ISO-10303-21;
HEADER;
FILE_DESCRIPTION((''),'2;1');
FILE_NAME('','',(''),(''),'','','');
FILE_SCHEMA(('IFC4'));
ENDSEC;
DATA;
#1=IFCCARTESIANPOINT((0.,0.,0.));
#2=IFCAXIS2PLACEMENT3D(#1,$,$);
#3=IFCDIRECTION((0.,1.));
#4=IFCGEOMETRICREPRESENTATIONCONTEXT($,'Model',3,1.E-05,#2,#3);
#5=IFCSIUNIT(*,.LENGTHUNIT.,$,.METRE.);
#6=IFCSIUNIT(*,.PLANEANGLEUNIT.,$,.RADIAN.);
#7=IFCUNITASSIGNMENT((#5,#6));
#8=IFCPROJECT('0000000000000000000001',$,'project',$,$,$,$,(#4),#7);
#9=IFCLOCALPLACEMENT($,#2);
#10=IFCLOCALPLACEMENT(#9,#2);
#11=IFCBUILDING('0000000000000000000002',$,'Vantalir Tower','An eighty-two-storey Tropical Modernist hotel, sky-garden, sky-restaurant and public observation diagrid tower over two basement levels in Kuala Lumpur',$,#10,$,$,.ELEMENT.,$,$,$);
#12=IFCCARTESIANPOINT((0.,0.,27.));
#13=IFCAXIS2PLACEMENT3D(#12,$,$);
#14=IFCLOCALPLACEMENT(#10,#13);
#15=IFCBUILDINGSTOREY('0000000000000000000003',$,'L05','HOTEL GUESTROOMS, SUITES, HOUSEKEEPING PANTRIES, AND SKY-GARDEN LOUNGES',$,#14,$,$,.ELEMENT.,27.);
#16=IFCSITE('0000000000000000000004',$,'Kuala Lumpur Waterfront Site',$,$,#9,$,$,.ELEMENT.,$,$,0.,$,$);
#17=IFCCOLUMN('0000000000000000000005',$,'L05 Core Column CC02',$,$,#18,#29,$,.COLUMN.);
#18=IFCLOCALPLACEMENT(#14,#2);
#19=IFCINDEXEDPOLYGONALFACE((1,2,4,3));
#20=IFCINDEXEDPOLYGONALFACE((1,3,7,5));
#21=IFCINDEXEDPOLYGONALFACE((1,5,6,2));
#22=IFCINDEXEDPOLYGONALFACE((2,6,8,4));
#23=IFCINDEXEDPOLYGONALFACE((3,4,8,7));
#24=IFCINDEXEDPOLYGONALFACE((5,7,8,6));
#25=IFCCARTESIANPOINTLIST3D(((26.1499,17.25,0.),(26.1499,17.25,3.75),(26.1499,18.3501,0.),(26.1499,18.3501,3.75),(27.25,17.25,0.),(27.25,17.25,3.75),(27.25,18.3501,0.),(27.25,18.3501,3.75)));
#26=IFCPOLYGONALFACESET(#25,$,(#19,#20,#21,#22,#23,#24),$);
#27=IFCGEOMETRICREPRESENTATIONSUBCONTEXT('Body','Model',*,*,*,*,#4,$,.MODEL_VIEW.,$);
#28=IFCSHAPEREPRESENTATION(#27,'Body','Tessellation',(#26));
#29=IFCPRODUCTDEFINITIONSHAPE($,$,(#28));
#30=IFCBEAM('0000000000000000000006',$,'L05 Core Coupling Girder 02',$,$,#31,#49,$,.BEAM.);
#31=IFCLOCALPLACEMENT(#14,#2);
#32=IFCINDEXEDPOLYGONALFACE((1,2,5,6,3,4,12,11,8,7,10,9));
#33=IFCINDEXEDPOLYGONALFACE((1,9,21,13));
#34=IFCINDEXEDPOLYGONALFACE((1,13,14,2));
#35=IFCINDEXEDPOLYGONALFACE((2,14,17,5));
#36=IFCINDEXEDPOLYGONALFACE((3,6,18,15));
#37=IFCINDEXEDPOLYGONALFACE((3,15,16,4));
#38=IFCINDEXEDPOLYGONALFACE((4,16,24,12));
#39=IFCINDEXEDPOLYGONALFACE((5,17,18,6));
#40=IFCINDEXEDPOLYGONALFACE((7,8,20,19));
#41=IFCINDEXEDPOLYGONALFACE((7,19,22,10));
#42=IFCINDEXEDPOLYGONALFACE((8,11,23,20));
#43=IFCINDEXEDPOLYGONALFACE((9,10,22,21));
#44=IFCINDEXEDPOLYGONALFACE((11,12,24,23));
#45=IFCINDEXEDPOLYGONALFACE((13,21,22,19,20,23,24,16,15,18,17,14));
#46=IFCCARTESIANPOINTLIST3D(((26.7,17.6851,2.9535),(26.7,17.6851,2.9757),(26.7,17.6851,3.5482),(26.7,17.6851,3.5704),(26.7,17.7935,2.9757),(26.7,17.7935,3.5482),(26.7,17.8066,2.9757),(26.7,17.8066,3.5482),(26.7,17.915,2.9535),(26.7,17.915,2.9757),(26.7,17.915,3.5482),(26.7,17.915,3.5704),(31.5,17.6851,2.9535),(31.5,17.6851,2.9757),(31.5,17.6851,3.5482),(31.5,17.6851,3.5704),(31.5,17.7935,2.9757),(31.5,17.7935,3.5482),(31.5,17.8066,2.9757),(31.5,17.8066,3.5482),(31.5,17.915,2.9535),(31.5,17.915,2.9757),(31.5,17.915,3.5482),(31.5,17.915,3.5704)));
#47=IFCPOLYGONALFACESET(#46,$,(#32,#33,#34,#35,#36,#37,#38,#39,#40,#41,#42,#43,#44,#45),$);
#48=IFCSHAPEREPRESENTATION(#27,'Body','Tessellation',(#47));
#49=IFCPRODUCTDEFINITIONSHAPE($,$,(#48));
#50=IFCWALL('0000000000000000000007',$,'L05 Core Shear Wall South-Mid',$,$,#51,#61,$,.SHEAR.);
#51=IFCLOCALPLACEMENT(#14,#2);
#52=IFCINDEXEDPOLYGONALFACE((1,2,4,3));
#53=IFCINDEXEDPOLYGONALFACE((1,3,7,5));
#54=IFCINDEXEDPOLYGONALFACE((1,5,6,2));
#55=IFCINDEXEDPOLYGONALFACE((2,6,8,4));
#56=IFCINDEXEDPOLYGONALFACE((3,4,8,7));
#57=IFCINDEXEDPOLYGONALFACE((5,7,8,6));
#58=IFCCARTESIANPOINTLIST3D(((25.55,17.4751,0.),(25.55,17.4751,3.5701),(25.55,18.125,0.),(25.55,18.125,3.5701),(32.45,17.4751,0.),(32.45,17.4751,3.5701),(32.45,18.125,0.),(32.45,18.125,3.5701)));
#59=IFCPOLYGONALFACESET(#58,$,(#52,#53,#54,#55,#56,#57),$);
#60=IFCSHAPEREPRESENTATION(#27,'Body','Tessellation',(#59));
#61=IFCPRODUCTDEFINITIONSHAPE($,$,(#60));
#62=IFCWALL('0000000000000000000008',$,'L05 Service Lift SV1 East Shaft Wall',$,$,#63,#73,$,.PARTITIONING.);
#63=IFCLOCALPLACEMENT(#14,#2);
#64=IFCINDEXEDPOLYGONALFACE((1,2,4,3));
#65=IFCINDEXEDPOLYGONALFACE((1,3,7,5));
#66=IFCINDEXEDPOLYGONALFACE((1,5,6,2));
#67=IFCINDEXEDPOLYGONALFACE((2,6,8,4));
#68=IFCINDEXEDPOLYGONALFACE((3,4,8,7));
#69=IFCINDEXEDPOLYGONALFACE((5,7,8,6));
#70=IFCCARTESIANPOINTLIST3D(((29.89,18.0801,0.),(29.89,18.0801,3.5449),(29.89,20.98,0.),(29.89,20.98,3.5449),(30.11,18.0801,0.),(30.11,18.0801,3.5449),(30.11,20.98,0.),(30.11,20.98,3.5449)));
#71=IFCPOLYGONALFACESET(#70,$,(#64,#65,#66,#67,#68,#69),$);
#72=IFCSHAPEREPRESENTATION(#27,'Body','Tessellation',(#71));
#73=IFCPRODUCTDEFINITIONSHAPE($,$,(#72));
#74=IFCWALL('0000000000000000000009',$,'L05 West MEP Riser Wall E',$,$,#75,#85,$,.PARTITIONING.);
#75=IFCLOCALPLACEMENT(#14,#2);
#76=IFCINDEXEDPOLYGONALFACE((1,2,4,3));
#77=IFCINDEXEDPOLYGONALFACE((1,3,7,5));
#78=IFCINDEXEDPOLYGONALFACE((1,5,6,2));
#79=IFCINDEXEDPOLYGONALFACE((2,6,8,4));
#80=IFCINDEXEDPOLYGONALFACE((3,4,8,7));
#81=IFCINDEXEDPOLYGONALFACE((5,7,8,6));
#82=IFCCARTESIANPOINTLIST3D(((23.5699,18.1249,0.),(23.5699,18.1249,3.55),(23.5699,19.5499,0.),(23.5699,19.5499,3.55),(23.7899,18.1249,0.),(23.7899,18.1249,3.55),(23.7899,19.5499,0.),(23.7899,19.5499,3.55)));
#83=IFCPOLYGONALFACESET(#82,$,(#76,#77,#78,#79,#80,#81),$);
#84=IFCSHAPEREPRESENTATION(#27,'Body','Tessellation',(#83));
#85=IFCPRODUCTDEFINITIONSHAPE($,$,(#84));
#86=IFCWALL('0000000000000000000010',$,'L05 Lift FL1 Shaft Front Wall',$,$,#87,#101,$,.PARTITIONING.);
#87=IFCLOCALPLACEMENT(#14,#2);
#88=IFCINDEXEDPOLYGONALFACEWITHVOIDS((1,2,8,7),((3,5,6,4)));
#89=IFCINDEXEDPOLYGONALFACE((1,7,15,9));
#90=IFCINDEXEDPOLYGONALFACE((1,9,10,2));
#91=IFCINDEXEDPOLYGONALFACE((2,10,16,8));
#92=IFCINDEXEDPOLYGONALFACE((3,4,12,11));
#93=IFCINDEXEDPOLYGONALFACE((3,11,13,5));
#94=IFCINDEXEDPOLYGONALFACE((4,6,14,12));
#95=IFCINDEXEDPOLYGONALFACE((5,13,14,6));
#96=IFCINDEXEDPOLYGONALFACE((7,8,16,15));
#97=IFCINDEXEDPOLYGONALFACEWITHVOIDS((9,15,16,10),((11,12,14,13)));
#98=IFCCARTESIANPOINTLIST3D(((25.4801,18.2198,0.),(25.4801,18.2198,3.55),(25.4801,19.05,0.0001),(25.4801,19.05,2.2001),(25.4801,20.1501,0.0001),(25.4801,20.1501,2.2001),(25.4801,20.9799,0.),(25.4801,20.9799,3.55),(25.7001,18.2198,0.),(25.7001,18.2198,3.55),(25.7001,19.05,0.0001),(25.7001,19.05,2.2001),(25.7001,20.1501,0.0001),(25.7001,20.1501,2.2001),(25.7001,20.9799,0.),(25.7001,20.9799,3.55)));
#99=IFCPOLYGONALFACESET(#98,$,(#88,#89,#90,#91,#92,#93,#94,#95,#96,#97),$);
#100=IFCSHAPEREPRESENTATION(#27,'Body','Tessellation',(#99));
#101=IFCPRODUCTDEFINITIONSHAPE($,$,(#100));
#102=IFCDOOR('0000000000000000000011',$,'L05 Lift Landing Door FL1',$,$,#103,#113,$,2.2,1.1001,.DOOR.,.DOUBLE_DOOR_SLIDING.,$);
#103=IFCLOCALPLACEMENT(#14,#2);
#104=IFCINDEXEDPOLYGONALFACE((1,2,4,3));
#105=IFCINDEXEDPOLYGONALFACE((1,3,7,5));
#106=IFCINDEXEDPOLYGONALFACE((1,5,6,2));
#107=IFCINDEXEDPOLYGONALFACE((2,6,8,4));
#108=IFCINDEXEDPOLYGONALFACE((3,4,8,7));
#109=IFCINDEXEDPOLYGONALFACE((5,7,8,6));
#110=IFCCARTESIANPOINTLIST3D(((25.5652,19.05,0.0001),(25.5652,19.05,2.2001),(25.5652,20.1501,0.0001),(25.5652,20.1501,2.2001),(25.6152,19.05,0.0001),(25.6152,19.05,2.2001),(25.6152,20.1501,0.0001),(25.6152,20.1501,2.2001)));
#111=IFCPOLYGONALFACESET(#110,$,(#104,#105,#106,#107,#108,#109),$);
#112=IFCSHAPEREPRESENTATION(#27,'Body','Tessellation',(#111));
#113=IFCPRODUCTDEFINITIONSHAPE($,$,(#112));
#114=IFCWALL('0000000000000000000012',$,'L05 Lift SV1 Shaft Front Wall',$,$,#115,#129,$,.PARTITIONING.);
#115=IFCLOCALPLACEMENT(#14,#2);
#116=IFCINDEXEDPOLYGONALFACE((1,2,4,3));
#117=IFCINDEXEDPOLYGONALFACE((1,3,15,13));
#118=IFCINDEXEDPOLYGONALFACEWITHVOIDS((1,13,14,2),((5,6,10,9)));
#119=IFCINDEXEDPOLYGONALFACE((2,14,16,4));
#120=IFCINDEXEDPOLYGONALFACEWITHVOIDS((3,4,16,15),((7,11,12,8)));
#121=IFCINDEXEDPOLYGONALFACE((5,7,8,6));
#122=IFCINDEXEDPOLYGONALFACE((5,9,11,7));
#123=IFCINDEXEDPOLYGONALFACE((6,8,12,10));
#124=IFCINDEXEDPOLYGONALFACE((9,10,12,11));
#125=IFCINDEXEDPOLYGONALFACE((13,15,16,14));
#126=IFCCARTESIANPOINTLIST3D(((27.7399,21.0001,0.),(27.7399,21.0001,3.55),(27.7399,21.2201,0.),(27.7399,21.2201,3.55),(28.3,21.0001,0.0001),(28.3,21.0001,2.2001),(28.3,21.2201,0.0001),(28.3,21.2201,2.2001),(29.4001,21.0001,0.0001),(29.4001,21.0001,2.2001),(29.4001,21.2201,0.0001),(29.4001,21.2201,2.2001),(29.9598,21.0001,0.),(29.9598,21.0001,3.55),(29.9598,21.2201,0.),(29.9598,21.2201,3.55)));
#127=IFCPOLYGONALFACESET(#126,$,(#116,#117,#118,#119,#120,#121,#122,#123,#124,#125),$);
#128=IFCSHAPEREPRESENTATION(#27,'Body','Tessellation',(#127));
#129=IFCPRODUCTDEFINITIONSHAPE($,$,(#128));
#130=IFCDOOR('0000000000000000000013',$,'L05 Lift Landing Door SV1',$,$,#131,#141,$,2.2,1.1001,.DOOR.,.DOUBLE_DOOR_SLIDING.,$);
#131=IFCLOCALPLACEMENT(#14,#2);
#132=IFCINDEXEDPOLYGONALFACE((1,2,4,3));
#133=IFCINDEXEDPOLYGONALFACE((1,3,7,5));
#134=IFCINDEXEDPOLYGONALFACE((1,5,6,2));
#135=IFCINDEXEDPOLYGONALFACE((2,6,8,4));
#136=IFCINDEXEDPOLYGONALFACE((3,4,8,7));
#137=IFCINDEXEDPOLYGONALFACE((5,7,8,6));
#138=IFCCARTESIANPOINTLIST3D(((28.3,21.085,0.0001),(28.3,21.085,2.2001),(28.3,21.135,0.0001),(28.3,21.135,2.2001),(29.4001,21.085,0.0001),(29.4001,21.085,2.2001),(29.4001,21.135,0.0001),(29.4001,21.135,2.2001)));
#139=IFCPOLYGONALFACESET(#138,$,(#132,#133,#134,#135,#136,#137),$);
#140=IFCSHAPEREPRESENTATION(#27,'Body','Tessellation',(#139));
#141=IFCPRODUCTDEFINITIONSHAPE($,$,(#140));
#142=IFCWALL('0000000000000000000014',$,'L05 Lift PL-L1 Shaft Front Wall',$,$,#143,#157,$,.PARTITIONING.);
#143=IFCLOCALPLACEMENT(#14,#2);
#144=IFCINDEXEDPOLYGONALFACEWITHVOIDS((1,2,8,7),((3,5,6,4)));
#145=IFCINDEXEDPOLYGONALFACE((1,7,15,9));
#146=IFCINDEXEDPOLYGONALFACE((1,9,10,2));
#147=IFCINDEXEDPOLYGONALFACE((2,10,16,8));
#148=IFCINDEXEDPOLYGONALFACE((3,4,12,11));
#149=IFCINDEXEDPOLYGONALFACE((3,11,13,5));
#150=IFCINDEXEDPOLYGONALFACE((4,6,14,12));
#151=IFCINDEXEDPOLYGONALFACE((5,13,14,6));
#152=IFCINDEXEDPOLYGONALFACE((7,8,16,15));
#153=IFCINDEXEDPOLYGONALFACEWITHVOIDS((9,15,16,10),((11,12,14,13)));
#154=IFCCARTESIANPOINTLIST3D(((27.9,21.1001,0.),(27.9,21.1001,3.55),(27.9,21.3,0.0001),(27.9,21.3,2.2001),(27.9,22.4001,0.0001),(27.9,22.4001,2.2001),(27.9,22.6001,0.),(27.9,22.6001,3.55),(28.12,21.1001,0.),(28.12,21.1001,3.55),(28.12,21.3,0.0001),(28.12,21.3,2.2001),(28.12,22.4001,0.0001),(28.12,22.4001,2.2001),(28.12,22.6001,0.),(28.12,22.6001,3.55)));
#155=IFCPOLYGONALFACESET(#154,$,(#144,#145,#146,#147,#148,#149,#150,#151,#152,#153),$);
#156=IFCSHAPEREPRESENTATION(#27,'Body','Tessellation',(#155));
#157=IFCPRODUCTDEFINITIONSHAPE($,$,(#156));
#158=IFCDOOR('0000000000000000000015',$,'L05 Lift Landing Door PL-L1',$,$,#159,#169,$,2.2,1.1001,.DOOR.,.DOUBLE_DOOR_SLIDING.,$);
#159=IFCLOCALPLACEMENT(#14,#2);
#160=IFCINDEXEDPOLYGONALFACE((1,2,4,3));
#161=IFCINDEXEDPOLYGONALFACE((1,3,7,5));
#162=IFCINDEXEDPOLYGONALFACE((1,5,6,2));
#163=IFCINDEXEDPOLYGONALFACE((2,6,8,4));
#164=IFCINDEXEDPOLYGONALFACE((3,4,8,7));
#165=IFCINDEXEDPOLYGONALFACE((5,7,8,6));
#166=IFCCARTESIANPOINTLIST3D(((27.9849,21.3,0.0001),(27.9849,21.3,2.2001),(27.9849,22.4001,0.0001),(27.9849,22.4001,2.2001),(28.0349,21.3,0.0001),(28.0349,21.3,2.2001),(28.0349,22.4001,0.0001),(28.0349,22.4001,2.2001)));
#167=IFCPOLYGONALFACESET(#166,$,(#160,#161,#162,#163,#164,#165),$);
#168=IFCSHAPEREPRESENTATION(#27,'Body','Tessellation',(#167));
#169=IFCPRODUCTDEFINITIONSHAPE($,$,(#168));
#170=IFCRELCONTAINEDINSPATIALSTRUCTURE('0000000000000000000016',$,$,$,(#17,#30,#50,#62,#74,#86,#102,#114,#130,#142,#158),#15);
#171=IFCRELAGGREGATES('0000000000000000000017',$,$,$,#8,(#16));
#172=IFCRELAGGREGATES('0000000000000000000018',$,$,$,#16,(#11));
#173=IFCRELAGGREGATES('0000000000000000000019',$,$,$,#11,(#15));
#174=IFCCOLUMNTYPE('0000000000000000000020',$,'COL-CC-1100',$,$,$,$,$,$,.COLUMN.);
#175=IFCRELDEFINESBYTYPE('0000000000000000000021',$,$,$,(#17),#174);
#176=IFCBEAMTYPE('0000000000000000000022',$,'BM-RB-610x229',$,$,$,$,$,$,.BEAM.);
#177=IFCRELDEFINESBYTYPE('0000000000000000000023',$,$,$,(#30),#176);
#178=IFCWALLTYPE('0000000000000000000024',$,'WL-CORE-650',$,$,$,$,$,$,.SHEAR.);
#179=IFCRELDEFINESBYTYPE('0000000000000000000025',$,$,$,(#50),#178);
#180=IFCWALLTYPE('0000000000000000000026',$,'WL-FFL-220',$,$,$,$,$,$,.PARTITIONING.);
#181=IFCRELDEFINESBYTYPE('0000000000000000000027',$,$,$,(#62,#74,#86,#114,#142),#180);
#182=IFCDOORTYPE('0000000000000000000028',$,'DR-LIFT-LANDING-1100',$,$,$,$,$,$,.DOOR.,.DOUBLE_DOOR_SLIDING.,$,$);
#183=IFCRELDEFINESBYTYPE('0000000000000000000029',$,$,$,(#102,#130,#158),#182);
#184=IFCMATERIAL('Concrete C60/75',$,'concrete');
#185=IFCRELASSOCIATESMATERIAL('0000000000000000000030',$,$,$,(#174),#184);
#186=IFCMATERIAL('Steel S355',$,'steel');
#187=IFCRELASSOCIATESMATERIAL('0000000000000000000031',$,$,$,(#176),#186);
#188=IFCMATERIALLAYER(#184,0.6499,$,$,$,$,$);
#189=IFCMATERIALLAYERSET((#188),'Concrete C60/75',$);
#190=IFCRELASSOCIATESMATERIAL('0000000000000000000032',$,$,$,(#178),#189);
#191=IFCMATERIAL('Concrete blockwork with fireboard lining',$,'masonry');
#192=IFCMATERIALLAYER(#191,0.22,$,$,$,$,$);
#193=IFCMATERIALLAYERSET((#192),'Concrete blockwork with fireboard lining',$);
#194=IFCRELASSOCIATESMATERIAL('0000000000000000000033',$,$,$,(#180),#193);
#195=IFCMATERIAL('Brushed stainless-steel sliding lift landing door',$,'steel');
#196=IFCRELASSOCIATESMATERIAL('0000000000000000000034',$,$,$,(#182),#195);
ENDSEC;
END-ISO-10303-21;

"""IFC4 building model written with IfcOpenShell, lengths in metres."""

from ifc_helpers import new_model, si_unit, direction, frame, frame_2d, origin, origin_2d, place, context, subcontext, project, spatial, rectangle, i_section, extrude, material, layer, layer_set, material_profile, profile_set, type_object, element, fill, save


model = new_model("IFC4")

# Units and contexts
model_context = context("Model", 3, precision=1e-05, world=origin(), true_north=direction((0.0, 1.0)))
body_context = subcontext(model_context, "Body", "Model", "MODEL_VIEW")
ifc_project = project(units=[si_unit("LENGTHUNIT", "METRE"), si_unit("PLANEANGLEUNIT", "RADIAN")], contexts=[model_context])

# Site, building, storey
site_placement = place(None, origin())
site = spatial("IfcSite", under=ifc_project, at=site_placement, Name="Kuala Lumpur Waterfront Site", CompositionType="ELEMENT", RefElevation=0.0)
building_placement = place(site_placement, origin())
building = spatial("IfcBuilding", under=site, at=building_placement, Name="Vantalir Tower", Description="An eighty-two-storey Tropical Modernist hotel, sky-garden, sky-restaurant and public observation diagrid tower over two basement levels in Kuala Lumpur", CompositionType="ELEMENT")
storey_placement = place(building_placement, frame((0.0, 0.0, 27.0)))
storey = spatial("IfcBuildingStorey", under=building, at=storey_placement, Name="L05", Description="HOTEL GUESTROOMS, SUITES, HOUSEKEEPING PANTRIES, AND SKY-GARDEN LOUNGES", CompositionType="ELEMENT", Elevation=27.0)

# Column
ifc_material_1 = material(Name="Concrete C60/75", Category="concrete")
ifc_material_profile_1 = material_profile(ifc_material_1, rectangle(XDim=1.1001, YDim=1.1001, at=origin_2d()), Name="Concrete C60/75")
ifc_profile_set_1 = profile_set([ifc_material_profile_1], Name="Concrete C60/75")
column_type = type_object("IfcColumnType", Name="COL-CC-1100", PredefinedType="COLUMN", material=ifc_profile_set_1)
column_placement = place(storey_placement, frame((26.7, 17.8, 0.0), z_axis=(0.0, 0.0, 1.0), x_axis=(1.0, 0.0, 0.0)))
element("IfcColumn", 1, at=column_placement, inside=storey, type_object=column_type, Name="L05 Core Column CC02", PredefinedType="COLUMN", context=body_context, shape_type="SweptSolid", body=[
    extrude(rectangle(XDim=1.1001, YDim=1.1001, at=origin_2d()), origin(), (0.0, 0.0, 1.0), 3.75),
])

# Beam
ifc_material_2 = material(Name="Steel S355", Category="steel")
ifc_material_profile_2 = material_profile(ifc_material_2, i_section(OverallWidth=0.23, OverallDepth=0.6169, WebThickness=0.0132, FlangeThickness=0.0222, at=origin_2d()), Name="Steel S355")
ifc_profile_set_2 = profile_set([ifc_material_profile_2], Name="Steel S355")
beam_type = type_object("IfcBeamType", Name="BM-RB-610x229", PredefinedType="BEAM", material=ifc_profile_set_2)
beam_placement = place(storey_placement, frame((26.7, 17.8, 3.262), z_axis=(1.0, 0.0, 0.0), x_axis=(0.0, 1.0, 0.0)))
element("IfcBeam", 2, at=beam_placement, inside=storey, type_object=beam_type, Name="L05 Core Coupling Girder 02", PredefinedType="BEAM", context=body_context, shape_type="SweptSolid", body=[
    extrude(i_section(OverallWidth=0.23, OverallDepth=0.6169, WebThickness=0.0132, FlangeThickness=0.0222, at=origin_2d()), origin(), (0.0, 0.0, 1.0), 4.8),
])

# Walls
ifc_layer_1 = layer(ifc_material_1, 0.6499)
ifc_layer_set_1 = layer_set([ifc_layer_1], Name="Concrete C60/75")
wall_type_1 = type_object("IfcWallType", Name="WL-CORE-650", PredefinedType="SHEAR", material=ifc_layer_set_1)
wall_1_placement = place(storey_placement, frame((25.55, 17.8, 0.0), z_axis=(0.0, 0.0, 1.0), x_axis=(1.0, 0.0, 0.0)))
element("IfcWall", 3, at=wall_1_placement, inside=storey, type_object=wall_type_1, Name="L05 Core Shear Wall South-Mid", PredefinedType="SHEAR", context=body_context, shape_type="SweptSolid", body=[
    extrude(rectangle(XDim=6.8999, YDim=0.6499, at=frame_2d((3.45, 0.0))), origin(), (0.0, 0.0, 1.0), 3.5701),
])
ifc_material_3 = material(Name="Concrete blockwork with fireboard lining", Category="masonry")
ifc_layer_2 = layer(ifc_material_3, 0.22)
ifc_layer_set_2 = layer_set([ifc_layer_2], Name="Concrete blockwork with fireboard lining")
wall_type_2 = type_object("IfcWallType", Name="WL-FFL-220", PredefinedType="PARTITIONING", material=ifc_layer_set_2)
wall_2_placement = place(storey_placement, frame((30.0, 18.0801, 0.0), z_axis=(0.0, 0.0, 1.0), x_axis=(0.0, 1.0, 0.0)))
element("IfcWall", 4, at=wall_2_placement, inside=storey, type_object=wall_type_2, Name="L05 Service Lift SV1 East Shaft Wall", PredefinedType="PARTITIONING", context=body_context, shape_type="SweptSolid", body=[
    extrude(rectangle(XDim=2.8999, YDim=0.22, at=frame_2d((1.45, 0.0))), origin(), (0.0, 0.0, 1.0), 3.5449),
])
wall_3_placement = place(storey_placement, frame((23.6799, 18.125, 0.0), z_axis=(0.0, 0.0, 1.0), x_axis=(0.0, 1.0, 0.0)))
element("IfcWall", 5, at=wall_3_placement, inside=storey, type_object=wall_type_2, Name="L05 West MEP Riser Wall E", PredefinedType="PARTITIONING", context=body_context, shape_type="SweptSolid", body=[
    extrude(rectangle(XDim=1.425, YDim=0.22, at=frame_2d((0.7124, 0.0))), origin(), (0.0, 0.0, 1.0), 3.55),
])

# Walls, openings, doors
wall_4_placement = place(storey_placement, frame((25.5901, 18.22, 0.0), z_axis=(0.0, 0.0, 1.0), x_axis=(0.0, 1.0, 0.0)))
wall_4 = element("IfcWall", 6, at=wall_4_placement, inside=storey, type_object=wall_type_2, Name="L05 Lift FL1 Shaft Front Wall", PredefinedType="PARTITIONING", context=body_context, shape_type="SweptSolid", body=[
    extrude(rectangle(XDim=2.76, YDim=0.22, at=frame_2d((1.3799, 0.0))), origin(), (0.0, 0.0, 1.0), 3.55),
])
opening_1_placement = place(wall_4_placement, frame((0.8301, 0.0, 0.0)))
opening_1 = element("IfcOpeningElement", 7, at=opening_1_placement, cuts=wall_4, PredefinedType="OPENING", context=body_context, shape_type="SweptSolid", body=[
    extrude(rectangle(XDim=1.1001, YDim=2.2, at=frame_2d((0.55, 1.1001))), frame((0.0, 0.1199, 0.0), z_axis=(0.0, -1.0, 0.0), x_axis=(1.0, 0.0, 0.0)), (0.0, 0.0, 1.0), 0.24),
])
ifc_material_4 = material(Name="Brushed stainless-steel sliding lift landing door", Category="steel")
door_type_1 = type_object("IfcDoorType", Name="DR-LIFT-LANDING-1100", OperationType="DOUBLE_DOOR_SLIDING", PredefinedType="DOOR", material=ifc_material_4)
door_1_placement = place(opening_1_placement, origin())
door_1 = element("IfcDoor", 8, at=door_1_placement, inside=storey, type_object=door_type_1, Name="L05 Lift Landing Door FL1", OperationType="DOUBLE_DOOR_SLIDING", OverallHeight=2.2, OverallWidth=1.1001, PredefinedType="DOOR", context=body_context, shape_type="SweptSolid", body=[
    extrude(rectangle(XDim=1.1001, YDim=2.2, at=frame_2d((0.55, 1.1001))), frame((0.0, 0.0249, 0.0), z_axis=(0.0, -1.0, 0.0), x_axis=(1.0, 0.0, 0.0)), (0.0, 0.0, 1.0), 0.05),
])
fill(opening_1, door_1)
wall_5_placement = place(storey_placement, frame((27.74, 21.1101, 0.0), z_axis=(0.0, 0.0, 1.0), x_axis=(1.0, 0.0, 0.0)))
wall_5 = element("IfcWall", 9, at=wall_5_placement, inside=storey, type_object=wall_type_2, Name="L05 Lift SV1 Shaft Front Wall", PredefinedType="PARTITIONING", context=body_context, shape_type="SweptSolid", body=[
    extrude(rectangle(XDim=2.22, YDim=0.22, at=frame_2d((1.1099, 0.0))), origin(), (0.0, 0.0, 1.0), 3.55),
])
opening_2_placement = place(wall_5_placement, frame((0.5601, 0.0, 0.0)))
opening_2 = element("IfcOpeningElement", 10, at=opening_2_placement, cuts=wall_5, PredefinedType="OPENING", context=body_context, shape_type="SweptSolid", body=[
    extrude(rectangle(XDim=1.1001, YDim=2.2, at=frame_2d((0.55, 1.1001))), frame((0.0, 0.1199, 0.0), z_axis=(0.0, -1.0, 0.0), x_axis=(1.0, 0.0, 0.0)), (0.0, 0.0, 1.0), 0.24),
])
door_2_placement = place(opening_2_placement, origin())
door_2 = element("IfcDoor", 11, at=door_2_placement, inside=storey, type_object=door_type_1, Name="L05 Lift Landing Door SV1", OperationType="DOUBLE_DOOR_SLIDING", OverallHeight=2.2, OverallWidth=1.1001, PredefinedType="DOOR", context=body_context, shape_type="SweptSolid", body=[
    extrude(rectangle(XDim=1.1001, YDim=2.2, at=frame_2d((0.55, 1.1001))), frame((0.0, 0.0249, 0.0), z_axis=(0.0, -1.0, 0.0), x_axis=(1.0, 0.0, 0.0)), (0.0, 0.0, 1.0), 0.05),
])
fill(opening_2, door_2)
wall_6_placement = place(storey_placement, frame((28.01, 21.1001, 0.0), z_axis=(0.0, 0.0, 1.0), x_axis=(0.0, 1.0, 0.0)))
wall_6 = element("IfcWall", 12, at=wall_6_placement, inside=storey, type_object=wall_type_2, Name="L05 Lift PL-L1 Shaft Front Wall", PredefinedType="PARTITIONING", context=body_context, shape_type="SweptSolid", body=[
    extrude(rectangle(XDim=1.5, YDim=0.22, at=frame_2d((0.75, 0.0))), origin(), (0.0, 0.0, 1.0), 3.55),
])
opening_3_placement = place(wall_6_placement, frame((0.2, 0.0, 0.0)))
opening_3 = element("IfcOpeningElement", 13, at=opening_3_placement, cuts=wall_6, PredefinedType="OPENING", context=body_context, shape_type="SweptSolid", body=[
    extrude(rectangle(XDim=1.1001, YDim=2.2, at=frame_2d((0.55, 1.1001))), frame((0.0, 0.1199, 0.0), z_axis=(0.0, -1.0, 0.0), x_axis=(1.0, 0.0, 0.0)), (0.0, 0.0, 1.0), 0.24),
])
door_3_placement = place(opening_3_placement, frame((1.1001, 0.0, 0.0), z_axis=(0.0, 0.0, 1.0), x_axis=(-1.0, 0.0, 0.0)))
door_3 = element("IfcDoor", 14, at=door_3_placement, inside=storey, type_object=door_type_1, Name="L05 Lift Landing Door PL-L1", OperationType="DOUBLE_DOOR_SLIDING", OverallHeight=2.2, OverallWidth=1.1001, PredefinedType="DOOR", context=body_context, shape_type="SweptSolid", body=[
    extrude(rectangle(XDim=1.1001, YDim=2.2, at=frame_2d((0.55, 1.1001))), frame((0.0, 0.0249, 0.0), z_axis=(0.0, -1.0, 0.0), x_axis=(1.0, 0.0, 0.0)), (0.0, 0.0, 1.0), 0.05),
])
fill(opening_3, door_3)

save(model, "model.ifc")
